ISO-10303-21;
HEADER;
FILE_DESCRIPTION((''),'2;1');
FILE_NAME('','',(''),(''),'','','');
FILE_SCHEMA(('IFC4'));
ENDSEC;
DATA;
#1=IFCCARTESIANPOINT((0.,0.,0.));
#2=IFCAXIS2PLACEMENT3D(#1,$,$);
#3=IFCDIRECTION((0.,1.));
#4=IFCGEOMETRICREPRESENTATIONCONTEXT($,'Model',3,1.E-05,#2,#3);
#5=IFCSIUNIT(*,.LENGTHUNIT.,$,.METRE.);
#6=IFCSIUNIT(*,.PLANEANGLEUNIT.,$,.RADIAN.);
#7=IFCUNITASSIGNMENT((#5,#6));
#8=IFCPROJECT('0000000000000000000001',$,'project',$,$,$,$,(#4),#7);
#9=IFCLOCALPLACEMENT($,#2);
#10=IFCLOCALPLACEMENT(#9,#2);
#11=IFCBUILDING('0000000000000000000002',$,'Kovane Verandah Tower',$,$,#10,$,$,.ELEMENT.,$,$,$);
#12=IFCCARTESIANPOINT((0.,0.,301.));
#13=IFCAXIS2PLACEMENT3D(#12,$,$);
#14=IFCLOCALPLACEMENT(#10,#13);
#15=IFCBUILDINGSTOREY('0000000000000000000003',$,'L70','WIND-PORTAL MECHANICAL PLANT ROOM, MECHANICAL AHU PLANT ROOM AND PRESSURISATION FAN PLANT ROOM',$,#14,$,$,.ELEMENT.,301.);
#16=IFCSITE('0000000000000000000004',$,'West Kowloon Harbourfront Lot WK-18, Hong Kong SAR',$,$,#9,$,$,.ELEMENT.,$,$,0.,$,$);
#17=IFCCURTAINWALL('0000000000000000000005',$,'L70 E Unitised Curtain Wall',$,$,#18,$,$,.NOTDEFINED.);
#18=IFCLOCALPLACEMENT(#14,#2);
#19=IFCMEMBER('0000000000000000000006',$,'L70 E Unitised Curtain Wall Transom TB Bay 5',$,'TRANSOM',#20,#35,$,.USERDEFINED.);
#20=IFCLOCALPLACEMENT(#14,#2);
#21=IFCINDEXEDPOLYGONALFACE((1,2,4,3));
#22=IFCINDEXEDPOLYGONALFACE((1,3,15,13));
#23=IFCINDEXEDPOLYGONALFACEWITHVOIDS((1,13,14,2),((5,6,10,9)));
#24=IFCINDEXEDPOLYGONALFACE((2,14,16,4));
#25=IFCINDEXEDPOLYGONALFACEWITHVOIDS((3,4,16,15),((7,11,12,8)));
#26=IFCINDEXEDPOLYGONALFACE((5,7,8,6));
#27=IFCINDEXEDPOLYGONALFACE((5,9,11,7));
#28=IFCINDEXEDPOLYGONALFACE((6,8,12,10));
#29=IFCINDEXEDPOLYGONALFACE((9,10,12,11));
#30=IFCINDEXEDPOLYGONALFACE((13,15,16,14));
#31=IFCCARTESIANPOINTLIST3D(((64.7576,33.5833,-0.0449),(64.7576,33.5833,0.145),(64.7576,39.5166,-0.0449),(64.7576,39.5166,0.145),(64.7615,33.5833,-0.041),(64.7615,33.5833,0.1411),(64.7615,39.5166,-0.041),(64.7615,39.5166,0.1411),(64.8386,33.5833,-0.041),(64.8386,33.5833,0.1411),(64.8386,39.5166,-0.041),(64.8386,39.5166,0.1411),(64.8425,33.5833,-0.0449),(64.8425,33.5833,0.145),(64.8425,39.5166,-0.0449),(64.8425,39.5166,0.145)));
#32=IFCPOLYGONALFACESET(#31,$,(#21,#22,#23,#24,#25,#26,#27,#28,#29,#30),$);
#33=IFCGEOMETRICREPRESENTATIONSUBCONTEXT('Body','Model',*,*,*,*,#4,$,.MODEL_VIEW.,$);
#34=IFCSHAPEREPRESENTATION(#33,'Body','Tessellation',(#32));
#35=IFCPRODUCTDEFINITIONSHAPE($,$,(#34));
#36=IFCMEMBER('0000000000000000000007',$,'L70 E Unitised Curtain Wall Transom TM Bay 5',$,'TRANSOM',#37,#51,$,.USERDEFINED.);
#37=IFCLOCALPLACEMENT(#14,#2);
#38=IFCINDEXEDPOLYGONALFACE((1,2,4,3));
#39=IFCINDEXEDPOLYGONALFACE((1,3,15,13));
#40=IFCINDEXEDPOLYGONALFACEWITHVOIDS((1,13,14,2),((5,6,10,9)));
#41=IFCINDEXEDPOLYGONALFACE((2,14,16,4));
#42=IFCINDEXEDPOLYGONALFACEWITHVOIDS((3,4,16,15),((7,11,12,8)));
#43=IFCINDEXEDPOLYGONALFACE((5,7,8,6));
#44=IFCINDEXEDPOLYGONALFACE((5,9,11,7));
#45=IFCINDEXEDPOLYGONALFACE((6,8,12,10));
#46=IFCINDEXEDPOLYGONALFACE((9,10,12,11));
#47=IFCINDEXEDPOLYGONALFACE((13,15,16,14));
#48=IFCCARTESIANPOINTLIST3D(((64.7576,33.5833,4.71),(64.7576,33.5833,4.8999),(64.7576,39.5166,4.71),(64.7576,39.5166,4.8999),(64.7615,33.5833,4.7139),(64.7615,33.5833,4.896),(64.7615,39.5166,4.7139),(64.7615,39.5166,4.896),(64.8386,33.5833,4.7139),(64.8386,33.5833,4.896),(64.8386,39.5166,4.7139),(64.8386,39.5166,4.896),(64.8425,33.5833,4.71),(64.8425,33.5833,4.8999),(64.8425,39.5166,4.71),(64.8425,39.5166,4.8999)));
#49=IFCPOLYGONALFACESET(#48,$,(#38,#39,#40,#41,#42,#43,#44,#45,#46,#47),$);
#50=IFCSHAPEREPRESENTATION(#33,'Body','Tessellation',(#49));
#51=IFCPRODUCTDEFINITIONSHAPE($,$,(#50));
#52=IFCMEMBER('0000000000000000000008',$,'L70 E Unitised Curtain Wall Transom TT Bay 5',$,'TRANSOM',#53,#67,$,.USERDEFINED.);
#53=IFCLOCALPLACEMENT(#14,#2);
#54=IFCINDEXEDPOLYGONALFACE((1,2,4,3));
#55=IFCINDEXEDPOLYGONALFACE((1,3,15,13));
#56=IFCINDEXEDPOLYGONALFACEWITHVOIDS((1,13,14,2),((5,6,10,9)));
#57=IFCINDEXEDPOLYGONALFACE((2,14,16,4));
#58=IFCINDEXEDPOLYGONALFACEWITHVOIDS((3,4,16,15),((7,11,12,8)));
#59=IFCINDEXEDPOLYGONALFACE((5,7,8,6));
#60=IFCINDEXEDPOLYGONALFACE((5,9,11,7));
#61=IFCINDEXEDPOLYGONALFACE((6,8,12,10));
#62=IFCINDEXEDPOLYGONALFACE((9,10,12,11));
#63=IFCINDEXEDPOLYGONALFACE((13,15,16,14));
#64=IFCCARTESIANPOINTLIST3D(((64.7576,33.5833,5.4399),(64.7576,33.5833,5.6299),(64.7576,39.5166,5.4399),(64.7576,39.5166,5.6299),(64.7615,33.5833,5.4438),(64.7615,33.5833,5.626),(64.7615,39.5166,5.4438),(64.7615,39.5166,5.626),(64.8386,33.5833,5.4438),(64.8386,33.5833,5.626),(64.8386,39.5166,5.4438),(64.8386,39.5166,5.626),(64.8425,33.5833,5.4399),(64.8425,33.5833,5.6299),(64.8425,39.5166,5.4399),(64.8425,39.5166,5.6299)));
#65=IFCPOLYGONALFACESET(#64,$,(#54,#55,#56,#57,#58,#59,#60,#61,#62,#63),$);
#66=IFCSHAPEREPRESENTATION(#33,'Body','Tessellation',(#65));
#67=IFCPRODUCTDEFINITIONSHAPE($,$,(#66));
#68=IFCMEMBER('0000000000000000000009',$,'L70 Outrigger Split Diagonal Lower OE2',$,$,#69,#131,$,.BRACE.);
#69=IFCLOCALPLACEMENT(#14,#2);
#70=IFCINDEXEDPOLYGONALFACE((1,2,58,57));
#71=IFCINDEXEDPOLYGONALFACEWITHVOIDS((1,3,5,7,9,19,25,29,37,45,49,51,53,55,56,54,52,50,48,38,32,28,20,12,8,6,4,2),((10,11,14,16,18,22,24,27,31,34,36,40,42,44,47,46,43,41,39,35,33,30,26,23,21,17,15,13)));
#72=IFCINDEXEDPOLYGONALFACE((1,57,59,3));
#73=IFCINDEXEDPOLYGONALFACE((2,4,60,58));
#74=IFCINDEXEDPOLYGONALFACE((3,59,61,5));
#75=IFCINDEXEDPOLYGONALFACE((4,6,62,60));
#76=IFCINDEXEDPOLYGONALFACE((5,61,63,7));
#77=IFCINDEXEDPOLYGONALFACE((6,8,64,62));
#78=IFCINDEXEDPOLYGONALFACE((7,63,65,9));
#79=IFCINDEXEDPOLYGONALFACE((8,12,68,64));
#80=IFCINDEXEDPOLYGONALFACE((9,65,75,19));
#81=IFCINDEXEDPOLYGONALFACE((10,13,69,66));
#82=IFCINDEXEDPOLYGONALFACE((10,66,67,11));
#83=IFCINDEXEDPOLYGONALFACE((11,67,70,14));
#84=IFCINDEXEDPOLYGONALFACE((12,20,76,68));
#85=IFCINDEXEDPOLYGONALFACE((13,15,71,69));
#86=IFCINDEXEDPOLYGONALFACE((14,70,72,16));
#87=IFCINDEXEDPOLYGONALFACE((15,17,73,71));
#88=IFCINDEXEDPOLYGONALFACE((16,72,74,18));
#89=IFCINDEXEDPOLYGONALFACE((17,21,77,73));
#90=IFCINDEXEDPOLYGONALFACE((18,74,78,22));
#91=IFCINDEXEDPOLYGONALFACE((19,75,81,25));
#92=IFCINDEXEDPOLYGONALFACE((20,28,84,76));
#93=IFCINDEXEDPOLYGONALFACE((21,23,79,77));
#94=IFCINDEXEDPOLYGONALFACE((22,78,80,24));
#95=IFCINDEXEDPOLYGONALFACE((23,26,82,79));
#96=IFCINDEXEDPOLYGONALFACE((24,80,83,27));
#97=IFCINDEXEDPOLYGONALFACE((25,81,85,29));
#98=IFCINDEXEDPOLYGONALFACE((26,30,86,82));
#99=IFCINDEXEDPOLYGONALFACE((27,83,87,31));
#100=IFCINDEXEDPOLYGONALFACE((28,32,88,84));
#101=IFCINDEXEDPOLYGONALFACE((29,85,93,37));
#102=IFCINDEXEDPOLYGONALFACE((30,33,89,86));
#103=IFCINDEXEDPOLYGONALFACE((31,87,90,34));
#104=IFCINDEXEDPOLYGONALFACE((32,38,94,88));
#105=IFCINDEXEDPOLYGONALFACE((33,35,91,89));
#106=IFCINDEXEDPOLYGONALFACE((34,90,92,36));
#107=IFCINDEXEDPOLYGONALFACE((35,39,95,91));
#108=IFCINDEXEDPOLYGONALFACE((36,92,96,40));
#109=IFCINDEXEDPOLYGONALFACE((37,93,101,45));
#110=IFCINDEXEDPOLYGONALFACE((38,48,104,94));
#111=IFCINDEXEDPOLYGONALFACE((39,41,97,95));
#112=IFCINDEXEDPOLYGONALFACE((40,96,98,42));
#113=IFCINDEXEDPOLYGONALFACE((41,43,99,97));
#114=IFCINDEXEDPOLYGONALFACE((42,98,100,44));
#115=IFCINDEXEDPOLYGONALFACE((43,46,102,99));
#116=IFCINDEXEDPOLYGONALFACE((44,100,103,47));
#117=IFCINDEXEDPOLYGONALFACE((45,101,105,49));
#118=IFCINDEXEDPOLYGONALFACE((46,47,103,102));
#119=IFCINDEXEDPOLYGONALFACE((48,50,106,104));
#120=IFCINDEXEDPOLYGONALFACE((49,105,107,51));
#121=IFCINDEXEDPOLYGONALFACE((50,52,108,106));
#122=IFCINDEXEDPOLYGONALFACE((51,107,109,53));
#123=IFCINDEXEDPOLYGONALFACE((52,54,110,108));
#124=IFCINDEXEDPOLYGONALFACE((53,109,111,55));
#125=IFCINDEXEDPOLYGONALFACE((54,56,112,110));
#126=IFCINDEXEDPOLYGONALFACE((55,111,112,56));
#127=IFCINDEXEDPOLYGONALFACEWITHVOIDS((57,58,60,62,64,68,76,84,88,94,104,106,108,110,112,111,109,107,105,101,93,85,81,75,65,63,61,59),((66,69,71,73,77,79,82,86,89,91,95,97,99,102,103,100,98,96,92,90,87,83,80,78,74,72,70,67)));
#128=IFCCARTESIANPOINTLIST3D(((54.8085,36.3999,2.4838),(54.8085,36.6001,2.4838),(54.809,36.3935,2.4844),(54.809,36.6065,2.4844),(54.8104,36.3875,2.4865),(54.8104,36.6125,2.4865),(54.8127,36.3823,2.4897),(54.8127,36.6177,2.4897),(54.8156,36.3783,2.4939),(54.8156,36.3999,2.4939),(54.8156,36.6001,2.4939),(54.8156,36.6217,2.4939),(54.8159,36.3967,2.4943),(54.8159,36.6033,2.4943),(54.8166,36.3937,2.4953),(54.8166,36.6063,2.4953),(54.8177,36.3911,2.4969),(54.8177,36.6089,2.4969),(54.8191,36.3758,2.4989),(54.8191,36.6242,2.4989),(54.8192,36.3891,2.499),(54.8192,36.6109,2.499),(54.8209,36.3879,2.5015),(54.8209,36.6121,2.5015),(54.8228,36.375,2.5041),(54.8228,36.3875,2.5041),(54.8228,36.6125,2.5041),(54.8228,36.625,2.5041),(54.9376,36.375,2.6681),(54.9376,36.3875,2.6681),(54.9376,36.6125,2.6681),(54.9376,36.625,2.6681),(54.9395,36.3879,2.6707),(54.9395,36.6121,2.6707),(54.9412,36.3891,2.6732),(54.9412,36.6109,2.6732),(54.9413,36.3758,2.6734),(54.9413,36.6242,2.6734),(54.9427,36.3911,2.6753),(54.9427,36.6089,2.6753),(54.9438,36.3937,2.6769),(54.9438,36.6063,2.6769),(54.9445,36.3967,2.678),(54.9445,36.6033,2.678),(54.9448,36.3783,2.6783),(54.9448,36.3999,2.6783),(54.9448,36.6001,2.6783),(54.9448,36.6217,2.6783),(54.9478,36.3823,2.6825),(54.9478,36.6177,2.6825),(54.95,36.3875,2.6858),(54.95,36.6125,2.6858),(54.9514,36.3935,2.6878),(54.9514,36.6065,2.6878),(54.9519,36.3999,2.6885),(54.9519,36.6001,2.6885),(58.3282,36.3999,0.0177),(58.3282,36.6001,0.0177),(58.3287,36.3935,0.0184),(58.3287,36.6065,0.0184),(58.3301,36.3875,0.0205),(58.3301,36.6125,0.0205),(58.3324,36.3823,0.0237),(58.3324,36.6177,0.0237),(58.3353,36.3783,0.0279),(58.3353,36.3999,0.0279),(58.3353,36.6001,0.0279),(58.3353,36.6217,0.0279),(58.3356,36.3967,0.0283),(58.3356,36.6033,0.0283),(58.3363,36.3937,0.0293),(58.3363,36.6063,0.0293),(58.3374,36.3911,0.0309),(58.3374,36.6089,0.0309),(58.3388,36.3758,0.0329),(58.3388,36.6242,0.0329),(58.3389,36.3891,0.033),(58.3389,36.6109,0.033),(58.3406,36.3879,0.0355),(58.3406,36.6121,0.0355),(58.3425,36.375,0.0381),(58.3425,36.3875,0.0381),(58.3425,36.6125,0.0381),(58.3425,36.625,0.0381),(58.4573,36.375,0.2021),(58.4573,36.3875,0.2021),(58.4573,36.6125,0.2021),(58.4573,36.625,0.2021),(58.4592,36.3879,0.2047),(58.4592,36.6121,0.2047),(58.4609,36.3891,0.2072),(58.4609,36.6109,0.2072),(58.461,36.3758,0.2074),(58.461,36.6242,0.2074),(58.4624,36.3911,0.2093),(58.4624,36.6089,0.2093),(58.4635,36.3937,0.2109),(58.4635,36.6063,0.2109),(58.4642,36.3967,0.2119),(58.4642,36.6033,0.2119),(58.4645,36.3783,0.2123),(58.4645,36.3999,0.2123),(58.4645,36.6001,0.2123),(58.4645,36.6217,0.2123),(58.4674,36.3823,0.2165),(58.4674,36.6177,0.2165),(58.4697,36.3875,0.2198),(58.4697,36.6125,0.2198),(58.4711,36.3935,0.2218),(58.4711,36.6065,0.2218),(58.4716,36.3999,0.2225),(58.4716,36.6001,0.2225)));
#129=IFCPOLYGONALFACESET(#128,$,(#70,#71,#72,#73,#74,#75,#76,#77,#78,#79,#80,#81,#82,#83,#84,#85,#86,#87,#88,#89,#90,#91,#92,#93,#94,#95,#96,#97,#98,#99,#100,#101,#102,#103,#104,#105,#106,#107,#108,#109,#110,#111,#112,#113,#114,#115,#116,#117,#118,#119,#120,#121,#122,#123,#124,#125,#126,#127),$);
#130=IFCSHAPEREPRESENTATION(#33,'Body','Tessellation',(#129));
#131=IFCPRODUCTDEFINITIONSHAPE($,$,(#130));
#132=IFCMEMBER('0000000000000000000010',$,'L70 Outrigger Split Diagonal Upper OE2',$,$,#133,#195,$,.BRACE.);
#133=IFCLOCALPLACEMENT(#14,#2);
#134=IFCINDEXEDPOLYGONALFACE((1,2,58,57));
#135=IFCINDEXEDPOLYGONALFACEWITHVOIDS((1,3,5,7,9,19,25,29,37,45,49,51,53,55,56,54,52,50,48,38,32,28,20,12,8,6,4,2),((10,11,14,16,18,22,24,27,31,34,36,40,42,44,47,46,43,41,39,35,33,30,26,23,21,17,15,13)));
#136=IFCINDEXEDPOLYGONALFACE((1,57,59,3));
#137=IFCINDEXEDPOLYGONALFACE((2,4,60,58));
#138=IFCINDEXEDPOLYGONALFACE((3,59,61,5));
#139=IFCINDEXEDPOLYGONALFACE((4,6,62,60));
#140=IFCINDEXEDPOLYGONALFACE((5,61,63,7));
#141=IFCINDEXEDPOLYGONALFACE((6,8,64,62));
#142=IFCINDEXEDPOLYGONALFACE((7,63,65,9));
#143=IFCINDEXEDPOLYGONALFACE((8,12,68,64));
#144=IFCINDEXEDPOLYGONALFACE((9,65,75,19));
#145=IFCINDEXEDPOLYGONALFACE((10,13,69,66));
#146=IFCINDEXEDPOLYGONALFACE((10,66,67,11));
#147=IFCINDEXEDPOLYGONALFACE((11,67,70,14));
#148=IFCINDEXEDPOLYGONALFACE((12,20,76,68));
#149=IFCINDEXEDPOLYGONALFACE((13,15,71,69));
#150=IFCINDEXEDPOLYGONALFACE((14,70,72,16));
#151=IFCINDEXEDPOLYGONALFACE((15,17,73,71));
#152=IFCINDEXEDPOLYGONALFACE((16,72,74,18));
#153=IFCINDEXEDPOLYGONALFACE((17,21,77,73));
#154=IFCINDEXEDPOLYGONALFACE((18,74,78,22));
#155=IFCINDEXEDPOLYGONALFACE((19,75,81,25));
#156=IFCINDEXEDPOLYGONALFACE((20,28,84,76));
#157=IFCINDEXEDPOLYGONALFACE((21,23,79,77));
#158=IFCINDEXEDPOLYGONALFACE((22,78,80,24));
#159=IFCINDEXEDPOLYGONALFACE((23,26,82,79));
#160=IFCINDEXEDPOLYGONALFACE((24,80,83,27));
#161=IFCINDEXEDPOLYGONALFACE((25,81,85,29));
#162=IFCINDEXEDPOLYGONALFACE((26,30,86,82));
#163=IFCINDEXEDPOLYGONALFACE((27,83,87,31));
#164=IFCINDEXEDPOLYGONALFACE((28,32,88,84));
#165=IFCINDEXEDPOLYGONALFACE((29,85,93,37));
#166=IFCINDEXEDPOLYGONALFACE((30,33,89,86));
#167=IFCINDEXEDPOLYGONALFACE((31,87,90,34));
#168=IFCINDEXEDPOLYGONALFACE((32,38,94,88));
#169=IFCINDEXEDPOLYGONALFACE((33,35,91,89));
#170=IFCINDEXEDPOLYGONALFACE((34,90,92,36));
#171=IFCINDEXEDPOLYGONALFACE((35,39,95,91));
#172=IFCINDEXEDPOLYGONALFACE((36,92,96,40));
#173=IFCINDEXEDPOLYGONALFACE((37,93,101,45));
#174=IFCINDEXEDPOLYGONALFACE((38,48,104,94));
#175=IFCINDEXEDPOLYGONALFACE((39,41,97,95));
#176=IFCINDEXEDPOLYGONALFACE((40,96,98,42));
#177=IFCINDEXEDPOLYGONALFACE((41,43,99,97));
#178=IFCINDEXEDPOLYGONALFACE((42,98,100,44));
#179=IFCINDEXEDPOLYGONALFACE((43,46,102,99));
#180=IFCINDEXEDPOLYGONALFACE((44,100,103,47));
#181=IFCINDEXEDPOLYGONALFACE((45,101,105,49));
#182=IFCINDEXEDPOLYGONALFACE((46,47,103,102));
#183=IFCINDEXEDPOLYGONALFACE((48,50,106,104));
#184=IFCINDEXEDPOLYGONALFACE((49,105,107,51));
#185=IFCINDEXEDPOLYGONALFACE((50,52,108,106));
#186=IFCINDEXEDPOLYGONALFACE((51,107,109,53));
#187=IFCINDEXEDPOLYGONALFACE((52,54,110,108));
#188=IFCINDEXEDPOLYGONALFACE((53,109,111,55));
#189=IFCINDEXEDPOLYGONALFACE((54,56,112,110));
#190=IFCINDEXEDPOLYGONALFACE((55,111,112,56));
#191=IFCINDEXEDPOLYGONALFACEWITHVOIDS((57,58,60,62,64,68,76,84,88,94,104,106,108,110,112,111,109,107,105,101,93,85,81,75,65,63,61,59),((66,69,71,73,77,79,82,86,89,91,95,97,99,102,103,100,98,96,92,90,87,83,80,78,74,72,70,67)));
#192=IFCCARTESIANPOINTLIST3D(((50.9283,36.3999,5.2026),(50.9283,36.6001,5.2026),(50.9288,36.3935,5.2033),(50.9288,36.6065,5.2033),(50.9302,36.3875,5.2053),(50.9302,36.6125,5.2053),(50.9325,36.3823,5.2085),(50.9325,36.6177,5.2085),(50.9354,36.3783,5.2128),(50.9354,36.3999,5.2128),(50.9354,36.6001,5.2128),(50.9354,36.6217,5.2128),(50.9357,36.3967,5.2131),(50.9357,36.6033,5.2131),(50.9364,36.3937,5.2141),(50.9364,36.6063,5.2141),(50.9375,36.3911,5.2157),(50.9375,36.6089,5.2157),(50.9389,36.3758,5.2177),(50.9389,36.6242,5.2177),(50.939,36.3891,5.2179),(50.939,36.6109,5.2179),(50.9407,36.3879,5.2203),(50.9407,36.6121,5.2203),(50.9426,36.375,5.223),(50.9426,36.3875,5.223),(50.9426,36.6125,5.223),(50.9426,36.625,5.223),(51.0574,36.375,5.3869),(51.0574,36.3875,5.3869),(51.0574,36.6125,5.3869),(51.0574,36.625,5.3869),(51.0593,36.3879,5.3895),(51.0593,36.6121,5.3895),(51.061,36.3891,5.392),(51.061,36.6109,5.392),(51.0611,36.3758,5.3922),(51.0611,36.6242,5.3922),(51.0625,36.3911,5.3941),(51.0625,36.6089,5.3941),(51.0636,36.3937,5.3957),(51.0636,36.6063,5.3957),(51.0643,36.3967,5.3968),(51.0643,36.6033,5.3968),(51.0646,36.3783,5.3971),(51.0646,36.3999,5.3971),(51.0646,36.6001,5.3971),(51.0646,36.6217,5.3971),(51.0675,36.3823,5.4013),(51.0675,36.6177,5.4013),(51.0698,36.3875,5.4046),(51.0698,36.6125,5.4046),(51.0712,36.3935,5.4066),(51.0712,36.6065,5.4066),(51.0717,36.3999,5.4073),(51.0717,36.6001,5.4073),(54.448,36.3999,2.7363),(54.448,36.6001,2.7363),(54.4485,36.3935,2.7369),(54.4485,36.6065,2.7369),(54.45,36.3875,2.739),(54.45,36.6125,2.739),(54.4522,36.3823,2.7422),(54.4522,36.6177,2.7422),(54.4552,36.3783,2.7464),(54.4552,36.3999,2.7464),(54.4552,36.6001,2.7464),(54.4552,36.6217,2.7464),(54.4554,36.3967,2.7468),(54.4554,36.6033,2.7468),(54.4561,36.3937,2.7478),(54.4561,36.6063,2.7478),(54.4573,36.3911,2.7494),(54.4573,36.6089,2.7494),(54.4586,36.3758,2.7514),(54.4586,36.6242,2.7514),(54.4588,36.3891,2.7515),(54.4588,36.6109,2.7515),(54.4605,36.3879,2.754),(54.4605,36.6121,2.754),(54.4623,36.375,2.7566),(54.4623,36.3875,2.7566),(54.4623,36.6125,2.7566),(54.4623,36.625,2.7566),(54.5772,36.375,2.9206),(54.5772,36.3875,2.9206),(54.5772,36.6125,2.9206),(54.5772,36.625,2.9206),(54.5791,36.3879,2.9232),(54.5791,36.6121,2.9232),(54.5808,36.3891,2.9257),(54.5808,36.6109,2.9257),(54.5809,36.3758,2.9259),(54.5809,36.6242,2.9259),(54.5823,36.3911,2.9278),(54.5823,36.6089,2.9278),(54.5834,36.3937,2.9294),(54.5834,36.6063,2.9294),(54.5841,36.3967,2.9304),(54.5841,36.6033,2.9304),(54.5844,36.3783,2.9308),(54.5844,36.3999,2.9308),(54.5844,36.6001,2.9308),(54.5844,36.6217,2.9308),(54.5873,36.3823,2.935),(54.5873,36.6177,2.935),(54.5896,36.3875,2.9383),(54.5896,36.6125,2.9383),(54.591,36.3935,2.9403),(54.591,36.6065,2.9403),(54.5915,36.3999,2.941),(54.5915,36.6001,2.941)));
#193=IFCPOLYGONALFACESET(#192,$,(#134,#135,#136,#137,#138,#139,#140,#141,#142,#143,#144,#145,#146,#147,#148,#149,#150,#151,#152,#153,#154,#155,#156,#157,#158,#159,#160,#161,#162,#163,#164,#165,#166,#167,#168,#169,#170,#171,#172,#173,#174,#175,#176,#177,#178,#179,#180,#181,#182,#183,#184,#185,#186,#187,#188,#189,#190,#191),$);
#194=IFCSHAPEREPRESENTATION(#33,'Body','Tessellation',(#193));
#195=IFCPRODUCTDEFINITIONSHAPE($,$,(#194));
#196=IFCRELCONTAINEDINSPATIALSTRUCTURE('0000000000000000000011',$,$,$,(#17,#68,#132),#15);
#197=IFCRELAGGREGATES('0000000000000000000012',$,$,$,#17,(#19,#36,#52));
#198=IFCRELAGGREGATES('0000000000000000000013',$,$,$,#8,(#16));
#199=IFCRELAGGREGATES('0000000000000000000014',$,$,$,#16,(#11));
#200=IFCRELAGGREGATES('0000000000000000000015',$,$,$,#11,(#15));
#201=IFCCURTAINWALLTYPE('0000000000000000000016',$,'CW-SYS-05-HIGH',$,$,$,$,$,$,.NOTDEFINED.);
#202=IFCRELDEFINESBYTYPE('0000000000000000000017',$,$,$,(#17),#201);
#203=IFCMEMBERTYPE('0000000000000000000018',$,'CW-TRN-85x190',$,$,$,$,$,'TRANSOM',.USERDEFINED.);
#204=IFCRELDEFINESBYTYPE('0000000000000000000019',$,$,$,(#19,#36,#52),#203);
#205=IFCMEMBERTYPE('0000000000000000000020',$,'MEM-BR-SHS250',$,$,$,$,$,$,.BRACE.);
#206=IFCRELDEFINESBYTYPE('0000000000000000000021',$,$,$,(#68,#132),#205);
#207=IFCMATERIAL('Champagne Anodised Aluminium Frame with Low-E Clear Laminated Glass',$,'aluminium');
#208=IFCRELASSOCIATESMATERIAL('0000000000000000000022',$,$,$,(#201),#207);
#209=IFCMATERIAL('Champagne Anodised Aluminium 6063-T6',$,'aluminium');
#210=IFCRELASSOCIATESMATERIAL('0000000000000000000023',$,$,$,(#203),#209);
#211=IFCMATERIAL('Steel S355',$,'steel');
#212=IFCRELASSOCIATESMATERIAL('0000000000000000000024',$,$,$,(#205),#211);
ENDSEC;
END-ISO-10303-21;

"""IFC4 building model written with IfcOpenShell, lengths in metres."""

from ifc_helpers import new_model, si_unit, direction, frame, origin, origin_2d, place, context, subcontext, project, spatial, hollow_rectangle, extrude, material, material_profile, profile_set, type_object, element, aggregate, save


model = new_model("IFC4")

# Units and contexts
model_context = context("Model", 3, precision=1e-05, world=origin(), true_north=direction((0.0, 1.0)))
body_context = subcontext(model_context, "Body", "Model", "MODEL_VIEW")
ifc_project = project(units=[si_unit("LENGTHUNIT", "METRE"), si_unit("PLANEANGLEUNIT", "RADIAN")], contexts=[model_context])

# Site, building, storey
site_placement = place(None, origin())
site = spatial("IfcSite", under=ifc_project, at=site_placement, Name="West Kowloon Harbourfront Lot WK-18, Hong Kong SAR", CompositionType="ELEMENT", RefElevation=0.0)
building_placement = place(site_placement, origin())
building = spatial("IfcBuilding", under=site, at=building_placement, Name="Kovane Verandah Tower", CompositionType="ELEMENT")
storey_placement = place(building_placement, frame((0.0, 0.0, 301.0)))
storey = spatial("IfcBuildingStorey", under=building, at=storey_placement, Name="L70", Description="WIND-PORTAL MECHANICAL PLANT ROOM, MECHANICAL AHU PLANT ROOM AND PRESSURISATION FAN PLANT ROOM", CompositionType="ELEMENT", Elevation=301.0)

# Curtain wall, members
ifc_material_1 = material(Name="Champagne Anodised Aluminium Frame with Low-E Clear Laminated Glass", Category="aluminium")
curtain_wall_type = type_object("IfcCurtainWallType", Name="CW-SYS-05-HIGH", PredefinedType="NOTDEFINED", material=ifc_material_1)
curtain_wall_placement = place(storey_placement, origin())
curtain_wall = element("IfcCurtainWall", 1, at=curtain_wall_placement, inside=storey, type_object=curtain_wall_type, Name="L70 E Unitised Curtain Wall", PredefinedType="NOTDEFINED")
ifc_material_2 = material(Name="Champagne Anodised Aluminium 6063-T6", Category="aluminium")
ifc_material_profile_1 = material_profile(ifc_material_2, hollow_rectangle(XDim=0.085, YDim=0.1899, WallThickness=0.0039, at=origin_2d()), Name="AL85x190x4")
ifc_profile_set_1 = profile_set([ifc_material_profile_1], Name="Champagne Anodised Aluminium 6063-T6")
member_type_1 = type_object("IfcMemberType", Name="CW-TRN-85x190", ElementType="TRANSOM", PredefinedType="USERDEFINED", material=ifc_profile_set_1)
member_1_placement = place(storey_placement, frame((64.8, 33.5833, 0.05), z_axis=(0.0, 1.0, 0.0), x_axis=(-1.0, 0.0, 0.0)))
member_1 = element("IfcMember", 2, at=member_1_placement, type_object=member_type_1, Name="L70 E Unitised Curtain Wall Transom TB Bay 5", ObjectType="TRANSOM", PredefinedType="USERDEFINED", context=body_context, shape_type="SweptSolid", body=[
    extrude(hollow_rectangle(XDim=0.085, YDim=0.1899, WallThickness=0.0039, at=origin_2d()), origin(), (0.0, 0.0, 1.0), 5.9333),
])
member_2_placement = place(storey_placement, frame((64.8, 33.5833, 4.8049), z_axis=(0.0, 1.0, 0.0), x_axis=(-1.0, 0.0, 0.0)))
member_2 = element("IfcMember", 3, at=member_2_placement, type_object=member_type_1, Name="L70 E Unitised Curtain Wall Transom TM Bay 5", ObjectType="TRANSOM", PredefinedType="USERDEFINED", context=body_context, shape_type="SweptSolid", body=[
    extrude(hollow_rectangle(XDim=0.085, YDim=0.1899, WallThickness=0.0039, at=origin_2d()), origin(), (0.0, 0.0, 1.0), 5.9333),
])
member_3_placement = place(storey_placement, frame((64.8, 33.5833, 5.5349), z_axis=(0.0, 1.0, 0.0), x_axis=(-1.0, 0.0, 0.0)))
member_3 = element("IfcMember", 4, at=member_3_placement, type_object=member_type_1, Name="L70 E Unitised Curtain Wall Transom TT Bay 5", ObjectType="TRANSOM", PredefinedType="USERDEFINED", context=body_context, shape_type="SweptSolid", body=[
    extrude(hollow_rectangle(XDim=0.085, YDim=0.1899, WallThickness=0.0039, at=origin_2d()), origin(), (0.0, 0.0, 1.0), 5.9333),
])

# Members
ifc_material_3 = material(Name="Steel S355", Category="steel")
ifc_material_profile_2 = material_profile(ifc_material_3, hollow_rectangle(XDim=0.25, YDim=0.25, WallThickness=0.0125, InnerFilletRadius=0.0125, OuterFilletRadius=0.0249, at=origin_2d()), Name="SHS250x250x12.5")
ifc_profile_set_2 = profile_set([ifc_material_profile_2], Name="Steel S355")
member_type_2 = type_object("IfcMemberType", Name="MEM-BR-SHS250", PredefinedType="BRACE", material=ifc_profile_set_2)
member_4_placement = place(storey_placement, frame((58.3999, 36.5, 0.1201), z_axis=(-0.818989, 0.0, 0.573809), x_axis=(0.0, -1.0, 0.0)))
element("IfcMember", 5, at=member_4_placement, inside=storey, type_object=member_type_2, Name="L70 Outrigger Split Diagonal Lower OE2", PredefinedType="BRACE", context=body_context, shape_type="SweptSolid", body=[
    extrude(hollow_rectangle(XDim=0.25, YDim=0.25, WallThickness=0.0125, InnerFilletRadius=0.0125, OuterFilletRadius=0.0249, at=origin_2d()), origin(), (0.0, 0.0, 1.0), 4.2976),
])
member_5_placement = place(storey_placement, frame((54.5198, 36.5, 2.8386), z_axis=(-0.818962, 0.0, 0.573847), x_axis=(0.0, -1.0, 0.0)))
element("IfcMember", 6, at=member_5_placement, inside=storey, type_object=member_type_2, Name="L70 Outrigger Split Diagonal Upper OE2", PredefinedType="BRACE", context=body_context, shape_type="SweptSolid", body=[
    extrude(hollow_rectangle(XDim=0.25, YDim=0.25, WallThickness=0.0125, InnerFilletRadius=0.0125, OuterFilletRadius=0.0249, at=origin_2d()), origin(), (0.0, 0.0, 1.0), 4.2979),
])

aggregate(curtain_wall, [member_1, member_2, member_3])

save(model, "model.ifc")
